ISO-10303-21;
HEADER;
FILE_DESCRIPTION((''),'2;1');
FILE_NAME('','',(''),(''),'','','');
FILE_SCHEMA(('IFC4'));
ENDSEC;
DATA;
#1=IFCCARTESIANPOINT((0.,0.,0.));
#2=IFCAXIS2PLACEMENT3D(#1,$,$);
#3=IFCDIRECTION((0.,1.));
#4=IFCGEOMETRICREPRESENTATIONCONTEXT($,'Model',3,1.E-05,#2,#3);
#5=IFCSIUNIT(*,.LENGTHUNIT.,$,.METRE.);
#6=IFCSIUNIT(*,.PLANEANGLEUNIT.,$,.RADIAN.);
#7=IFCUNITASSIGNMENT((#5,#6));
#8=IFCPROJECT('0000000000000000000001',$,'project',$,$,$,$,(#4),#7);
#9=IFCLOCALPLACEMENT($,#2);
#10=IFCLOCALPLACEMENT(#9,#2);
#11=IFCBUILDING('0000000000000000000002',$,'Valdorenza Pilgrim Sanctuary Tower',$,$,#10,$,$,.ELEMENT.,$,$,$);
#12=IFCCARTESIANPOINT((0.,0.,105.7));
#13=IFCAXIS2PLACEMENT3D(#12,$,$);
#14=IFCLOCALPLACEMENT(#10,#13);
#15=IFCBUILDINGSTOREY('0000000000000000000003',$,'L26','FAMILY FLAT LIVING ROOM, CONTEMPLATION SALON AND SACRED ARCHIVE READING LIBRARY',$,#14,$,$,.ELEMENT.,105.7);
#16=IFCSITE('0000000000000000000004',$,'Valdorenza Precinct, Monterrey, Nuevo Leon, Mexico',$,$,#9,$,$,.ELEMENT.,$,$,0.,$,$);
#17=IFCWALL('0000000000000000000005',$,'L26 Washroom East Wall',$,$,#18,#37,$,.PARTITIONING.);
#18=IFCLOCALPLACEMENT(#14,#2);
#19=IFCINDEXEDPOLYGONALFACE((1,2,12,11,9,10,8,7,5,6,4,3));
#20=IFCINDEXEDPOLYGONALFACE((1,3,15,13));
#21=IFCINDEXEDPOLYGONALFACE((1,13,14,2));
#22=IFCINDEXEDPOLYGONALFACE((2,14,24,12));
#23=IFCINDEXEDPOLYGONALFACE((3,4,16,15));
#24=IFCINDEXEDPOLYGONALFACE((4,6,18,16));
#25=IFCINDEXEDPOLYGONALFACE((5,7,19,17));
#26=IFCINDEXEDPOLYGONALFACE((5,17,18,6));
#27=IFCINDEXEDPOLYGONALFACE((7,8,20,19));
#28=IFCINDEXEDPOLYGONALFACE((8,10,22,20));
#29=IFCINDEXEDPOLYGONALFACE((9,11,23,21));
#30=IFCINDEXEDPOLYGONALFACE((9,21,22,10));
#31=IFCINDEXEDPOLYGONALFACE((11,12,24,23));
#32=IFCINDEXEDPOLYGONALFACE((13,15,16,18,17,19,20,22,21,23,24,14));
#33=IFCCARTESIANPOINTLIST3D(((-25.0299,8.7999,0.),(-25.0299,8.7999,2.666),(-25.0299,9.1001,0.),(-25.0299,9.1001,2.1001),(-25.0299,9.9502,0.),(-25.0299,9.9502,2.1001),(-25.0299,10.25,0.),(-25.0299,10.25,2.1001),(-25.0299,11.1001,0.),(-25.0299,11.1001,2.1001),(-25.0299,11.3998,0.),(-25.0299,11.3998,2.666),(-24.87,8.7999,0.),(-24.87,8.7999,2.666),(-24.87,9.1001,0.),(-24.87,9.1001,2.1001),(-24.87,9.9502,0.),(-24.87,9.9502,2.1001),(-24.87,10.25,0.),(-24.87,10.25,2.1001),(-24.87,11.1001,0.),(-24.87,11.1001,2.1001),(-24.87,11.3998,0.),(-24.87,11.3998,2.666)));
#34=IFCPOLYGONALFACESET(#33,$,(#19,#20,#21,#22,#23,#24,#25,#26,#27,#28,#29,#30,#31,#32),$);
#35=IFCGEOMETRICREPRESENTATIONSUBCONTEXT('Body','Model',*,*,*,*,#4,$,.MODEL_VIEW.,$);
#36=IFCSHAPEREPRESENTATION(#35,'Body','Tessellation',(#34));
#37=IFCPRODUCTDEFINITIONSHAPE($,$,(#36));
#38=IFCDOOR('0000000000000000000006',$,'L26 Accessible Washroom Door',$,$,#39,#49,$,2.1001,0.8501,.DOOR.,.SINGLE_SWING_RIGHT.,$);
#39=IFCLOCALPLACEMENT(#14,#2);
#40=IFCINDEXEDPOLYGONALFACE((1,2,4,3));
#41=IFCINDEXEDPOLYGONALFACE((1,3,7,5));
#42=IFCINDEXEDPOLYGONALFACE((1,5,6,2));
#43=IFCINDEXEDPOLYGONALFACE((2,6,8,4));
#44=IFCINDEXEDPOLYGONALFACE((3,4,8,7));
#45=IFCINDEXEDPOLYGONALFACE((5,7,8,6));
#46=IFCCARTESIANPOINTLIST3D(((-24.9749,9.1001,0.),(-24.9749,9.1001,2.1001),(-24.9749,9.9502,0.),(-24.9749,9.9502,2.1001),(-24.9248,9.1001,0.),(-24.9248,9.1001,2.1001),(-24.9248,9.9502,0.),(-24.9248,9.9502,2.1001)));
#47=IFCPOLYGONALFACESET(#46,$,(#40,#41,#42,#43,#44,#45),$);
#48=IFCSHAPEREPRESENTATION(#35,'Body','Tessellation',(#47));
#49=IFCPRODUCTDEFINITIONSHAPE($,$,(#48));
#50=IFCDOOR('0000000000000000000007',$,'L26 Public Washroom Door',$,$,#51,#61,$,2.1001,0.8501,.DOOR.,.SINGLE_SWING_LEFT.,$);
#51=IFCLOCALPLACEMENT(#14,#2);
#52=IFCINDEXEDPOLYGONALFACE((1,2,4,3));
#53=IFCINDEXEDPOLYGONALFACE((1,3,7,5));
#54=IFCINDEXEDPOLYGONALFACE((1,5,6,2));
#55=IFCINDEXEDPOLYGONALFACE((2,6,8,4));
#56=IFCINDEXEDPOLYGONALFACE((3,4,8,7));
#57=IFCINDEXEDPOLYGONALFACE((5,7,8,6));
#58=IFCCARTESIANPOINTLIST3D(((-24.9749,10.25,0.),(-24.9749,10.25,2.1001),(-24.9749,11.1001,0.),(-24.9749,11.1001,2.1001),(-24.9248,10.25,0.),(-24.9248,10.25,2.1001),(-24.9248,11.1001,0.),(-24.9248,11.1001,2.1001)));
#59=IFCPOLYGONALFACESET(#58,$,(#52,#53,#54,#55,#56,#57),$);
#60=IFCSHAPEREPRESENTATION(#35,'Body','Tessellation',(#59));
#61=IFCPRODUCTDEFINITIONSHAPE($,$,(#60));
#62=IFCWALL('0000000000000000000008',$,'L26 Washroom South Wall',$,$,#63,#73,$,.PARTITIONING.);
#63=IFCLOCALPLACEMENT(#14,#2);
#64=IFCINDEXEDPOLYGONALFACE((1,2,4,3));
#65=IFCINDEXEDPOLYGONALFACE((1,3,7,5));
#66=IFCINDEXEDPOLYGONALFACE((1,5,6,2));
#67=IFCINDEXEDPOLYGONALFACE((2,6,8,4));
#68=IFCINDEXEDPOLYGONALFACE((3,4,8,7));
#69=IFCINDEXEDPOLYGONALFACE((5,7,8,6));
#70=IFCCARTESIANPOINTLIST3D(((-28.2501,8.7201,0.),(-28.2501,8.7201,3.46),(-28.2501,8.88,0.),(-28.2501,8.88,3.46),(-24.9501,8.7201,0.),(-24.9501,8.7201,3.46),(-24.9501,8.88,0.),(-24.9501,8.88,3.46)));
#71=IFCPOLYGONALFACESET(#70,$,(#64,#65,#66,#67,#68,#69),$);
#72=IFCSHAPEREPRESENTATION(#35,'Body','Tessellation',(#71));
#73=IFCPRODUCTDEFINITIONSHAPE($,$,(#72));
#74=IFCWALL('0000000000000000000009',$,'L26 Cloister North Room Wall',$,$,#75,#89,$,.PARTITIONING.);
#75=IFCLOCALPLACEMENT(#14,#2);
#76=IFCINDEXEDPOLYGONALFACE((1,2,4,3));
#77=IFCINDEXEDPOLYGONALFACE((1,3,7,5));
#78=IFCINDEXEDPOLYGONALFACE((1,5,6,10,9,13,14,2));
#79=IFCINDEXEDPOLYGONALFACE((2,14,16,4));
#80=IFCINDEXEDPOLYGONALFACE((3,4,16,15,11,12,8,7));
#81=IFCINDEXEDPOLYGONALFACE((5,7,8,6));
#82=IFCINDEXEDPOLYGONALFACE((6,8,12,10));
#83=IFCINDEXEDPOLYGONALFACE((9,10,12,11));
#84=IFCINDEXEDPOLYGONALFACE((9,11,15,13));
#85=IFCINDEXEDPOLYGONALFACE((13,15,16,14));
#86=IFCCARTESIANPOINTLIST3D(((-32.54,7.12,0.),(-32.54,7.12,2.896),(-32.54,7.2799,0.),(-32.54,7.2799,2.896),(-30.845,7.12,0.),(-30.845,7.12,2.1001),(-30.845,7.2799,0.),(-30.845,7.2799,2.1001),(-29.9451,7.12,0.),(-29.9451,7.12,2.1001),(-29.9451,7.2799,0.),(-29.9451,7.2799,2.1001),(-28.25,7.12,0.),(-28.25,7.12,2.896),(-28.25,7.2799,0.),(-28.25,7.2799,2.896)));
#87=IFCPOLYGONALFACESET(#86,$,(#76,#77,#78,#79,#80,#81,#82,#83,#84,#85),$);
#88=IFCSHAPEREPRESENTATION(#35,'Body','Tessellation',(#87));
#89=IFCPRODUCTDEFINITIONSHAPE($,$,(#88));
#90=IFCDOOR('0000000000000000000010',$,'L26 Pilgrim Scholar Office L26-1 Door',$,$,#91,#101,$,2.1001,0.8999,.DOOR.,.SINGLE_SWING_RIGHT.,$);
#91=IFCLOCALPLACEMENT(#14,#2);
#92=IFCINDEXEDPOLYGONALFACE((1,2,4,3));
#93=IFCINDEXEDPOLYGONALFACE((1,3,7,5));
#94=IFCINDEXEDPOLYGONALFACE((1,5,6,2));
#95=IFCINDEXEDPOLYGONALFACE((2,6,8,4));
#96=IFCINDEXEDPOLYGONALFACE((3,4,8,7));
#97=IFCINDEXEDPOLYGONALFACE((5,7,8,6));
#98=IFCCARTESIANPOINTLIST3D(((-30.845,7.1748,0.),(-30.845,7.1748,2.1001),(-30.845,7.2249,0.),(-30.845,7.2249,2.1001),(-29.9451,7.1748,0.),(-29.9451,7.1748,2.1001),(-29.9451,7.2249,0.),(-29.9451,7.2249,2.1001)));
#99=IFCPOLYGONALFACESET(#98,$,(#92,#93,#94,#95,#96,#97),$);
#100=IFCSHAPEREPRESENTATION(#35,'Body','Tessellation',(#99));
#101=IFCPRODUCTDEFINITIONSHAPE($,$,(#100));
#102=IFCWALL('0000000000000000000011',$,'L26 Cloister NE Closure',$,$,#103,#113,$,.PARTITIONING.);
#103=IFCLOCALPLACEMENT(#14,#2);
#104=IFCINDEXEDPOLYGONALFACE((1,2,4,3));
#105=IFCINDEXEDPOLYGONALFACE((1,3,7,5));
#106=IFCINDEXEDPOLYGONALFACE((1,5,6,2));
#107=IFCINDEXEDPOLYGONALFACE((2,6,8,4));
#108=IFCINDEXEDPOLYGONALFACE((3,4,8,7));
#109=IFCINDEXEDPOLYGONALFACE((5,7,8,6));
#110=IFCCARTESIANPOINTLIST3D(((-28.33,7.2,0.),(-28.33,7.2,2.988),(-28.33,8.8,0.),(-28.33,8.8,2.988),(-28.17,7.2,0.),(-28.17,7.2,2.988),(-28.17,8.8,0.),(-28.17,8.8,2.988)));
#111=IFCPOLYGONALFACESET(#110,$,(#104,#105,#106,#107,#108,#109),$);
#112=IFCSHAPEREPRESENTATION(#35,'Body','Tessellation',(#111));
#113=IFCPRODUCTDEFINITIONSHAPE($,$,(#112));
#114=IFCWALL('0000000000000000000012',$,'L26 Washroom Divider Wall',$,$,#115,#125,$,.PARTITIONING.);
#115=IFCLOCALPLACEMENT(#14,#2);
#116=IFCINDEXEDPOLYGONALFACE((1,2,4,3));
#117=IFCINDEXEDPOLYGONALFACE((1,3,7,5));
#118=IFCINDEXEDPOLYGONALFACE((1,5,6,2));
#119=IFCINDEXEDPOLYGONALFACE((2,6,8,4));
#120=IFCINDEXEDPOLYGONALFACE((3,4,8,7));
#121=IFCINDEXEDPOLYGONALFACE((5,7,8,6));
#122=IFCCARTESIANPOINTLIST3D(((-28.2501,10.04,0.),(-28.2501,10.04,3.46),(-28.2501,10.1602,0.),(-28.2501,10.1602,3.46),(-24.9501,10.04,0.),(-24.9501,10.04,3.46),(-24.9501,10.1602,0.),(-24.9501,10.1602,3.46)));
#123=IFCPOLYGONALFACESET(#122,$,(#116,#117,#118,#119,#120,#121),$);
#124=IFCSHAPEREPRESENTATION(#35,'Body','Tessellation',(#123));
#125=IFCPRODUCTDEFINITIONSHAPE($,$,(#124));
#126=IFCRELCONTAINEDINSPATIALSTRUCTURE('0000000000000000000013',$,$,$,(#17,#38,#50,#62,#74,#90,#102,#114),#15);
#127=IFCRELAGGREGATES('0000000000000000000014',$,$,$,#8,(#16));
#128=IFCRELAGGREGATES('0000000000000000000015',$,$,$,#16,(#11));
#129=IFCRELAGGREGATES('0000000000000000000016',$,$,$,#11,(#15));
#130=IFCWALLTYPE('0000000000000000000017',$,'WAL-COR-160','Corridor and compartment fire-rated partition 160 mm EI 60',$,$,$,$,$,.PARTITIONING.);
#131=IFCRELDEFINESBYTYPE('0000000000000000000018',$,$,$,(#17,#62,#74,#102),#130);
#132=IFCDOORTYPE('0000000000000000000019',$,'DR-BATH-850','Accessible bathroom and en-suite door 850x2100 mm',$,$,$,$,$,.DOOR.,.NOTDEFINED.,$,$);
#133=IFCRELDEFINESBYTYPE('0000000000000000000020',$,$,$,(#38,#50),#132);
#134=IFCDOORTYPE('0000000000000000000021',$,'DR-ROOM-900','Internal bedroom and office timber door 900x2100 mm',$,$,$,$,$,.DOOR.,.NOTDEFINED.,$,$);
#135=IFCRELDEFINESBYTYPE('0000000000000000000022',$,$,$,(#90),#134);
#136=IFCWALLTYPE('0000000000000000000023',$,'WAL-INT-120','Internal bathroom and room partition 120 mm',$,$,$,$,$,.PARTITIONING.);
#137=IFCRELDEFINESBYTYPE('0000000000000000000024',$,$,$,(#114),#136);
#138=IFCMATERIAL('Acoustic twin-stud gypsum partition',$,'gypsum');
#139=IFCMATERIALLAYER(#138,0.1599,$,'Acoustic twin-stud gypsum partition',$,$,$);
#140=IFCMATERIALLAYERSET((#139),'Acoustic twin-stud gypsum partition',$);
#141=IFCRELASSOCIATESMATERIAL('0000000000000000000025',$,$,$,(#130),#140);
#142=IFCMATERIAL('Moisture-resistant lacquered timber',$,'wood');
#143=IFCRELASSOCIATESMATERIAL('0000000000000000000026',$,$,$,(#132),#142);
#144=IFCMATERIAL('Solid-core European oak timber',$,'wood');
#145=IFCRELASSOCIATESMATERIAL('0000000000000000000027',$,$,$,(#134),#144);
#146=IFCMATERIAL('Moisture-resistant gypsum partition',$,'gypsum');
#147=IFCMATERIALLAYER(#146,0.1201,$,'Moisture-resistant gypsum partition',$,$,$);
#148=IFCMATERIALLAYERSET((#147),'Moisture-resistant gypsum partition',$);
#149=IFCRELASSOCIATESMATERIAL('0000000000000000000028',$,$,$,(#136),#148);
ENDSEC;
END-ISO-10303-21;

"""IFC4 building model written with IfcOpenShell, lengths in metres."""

from ifc_helpers import new_model, si_unit, direction, frame, frame_2d, origin, place, context, subcontext, project, spatial, rectangle, extrude, material, layer, layer_set, type_object, element, fill, save


model = new_model("IFC4")

# Units and contexts
model_context = context("Model", 3, precision=1e-05, world=origin(), true_north=direction((0.0, 1.0)))
body_context = subcontext(model_context, "Body", "Model", "MODEL_VIEW")
ifc_project = project(units=[si_unit("LENGTHUNIT", "METRE"), si_unit("PLANEANGLEUNIT", "RADIAN")], contexts=[model_context])

# Site, building, storey
site_placement = place(None, origin())
site = spatial("IfcSite", under=ifc_project, at=site_placement, Name="Valdorenza Precinct, Monterrey, Nuevo Leon, Mexico", CompositionType="ELEMENT", RefElevation=0.0)
building_placement = place(site_placement, origin())
building = spatial("IfcBuilding", under=site, at=building_placement, Name="Valdorenza Pilgrim Sanctuary Tower", CompositionType="ELEMENT")
storey_placement = place(building_placement, frame((0.0, 0.0, 105.7)))
storey = spatial("IfcBuildingStorey", under=building, at=storey_placement, Name="L26", Description="FAMILY FLAT LIVING ROOM, CONTEMPLATION SALON AND SACRED ARCHIVE READING LIBRARY", CompositionType="ELEMENT", Elevation=105.7)

# Shared definitions
ifc_material_1 = material(Name="Acoustic twin-stud gypsum partition", Category="gypsum")
ifc_layer_1 = layer(ifc_material_1, 0.1599, Name="Acoustic twin-stud gypsum partition")
ifc_layer_set_1 = layer_set([ifc_layer_1], Name="Acoustic twin-stud gypsum partition")
wall_type_1 = type_object("IfcWallType", Name="WAL-COR-160", Description="Corridor and compartment fire-rated partition 160 mm EI 60", PredefinedType="PARTITIONING", material=ifc_layer_set_1)

# Wall, openings, doors
wall_1_placement = place(storey_placement, frame((-24.95, 8.8, 0.0), z_axis=(0.0, 0.0, 1.0), x_axis=(0.0, 1.0, 0.0)))
wall_1 = element("IfcWall", 1, at=wall_1_placement, inside=storey, type_object=wall_type_1, Name="L26 Washroom East Wall", PredefinedType="PARTITIONING", context=body_context, shape_type="SweptSolid", body=[
    extrude(rectangle(XDim=2.5999, YDim=0.1599, at=frame_2d((1.2998, 0.0))), origin(), (0.0, 0.0, 1.0), 2.666),
])
opening_1_placement = place(wall_1_placement, frame((0.3, 0.0, 0.0)))
opening_1 = element("IfcOpeningElement", 2, at=opening_1_placement, cuts=wall_1, PredefinedType="OPENING", context=body_context, shape_type="SweptSolid", body=[
    extrude(rectangle(XDim=0.8501, YDim=2.1001, at=frame_2d((0.425, 1.05))), frame((0.0, 0.0947, 0.0), z_axis=(0.0, -1.0, 0.0), x_axis=(1.0, 0.0, 0.0)), (0.0, 0.0, 1.0), 0.1897),
])
opening_2_placement = place(wall_1_placement, frame((1.45, 0.0, 0.0)))
opening_2 = element("IfcOpeningElement", 3, at=opening_2_placement, cuts=wall_1, PredefinedType="OPENING", context=body_context, shape_type="SweptSolid", body=[
    extrude(rectangle(XDim=0.8501, YDim=2.1001, at=frame_2d((0.425, 1.05))), frame((0.0, 0.0947, 0.0), z_axis=(0.0, -1.0, 0.0), x_axis=(1.0, 0.0, 0.0)), (0.0, 0.0, 1.0), 0.1897),
])
ifc_material_2 = material(Name="Moisture-resistant lacquered timber", Category="wood")
door_type_1 = type_object("IfcDoorType", Name="DR-BATH-850", Description="Accessible bathroom and en-suite door 850x2100 mm", OperationType="NOTDEFINED", PredefinedType="DOOR", material=ifc_material_2)
door_1_placement = place(opening_1_placement, origin())
door_1 = element("IfcDoor", 4, at=door_1_placement, inside=storey, type_object=door_type_1, Name="L26 Accessible Washroom Door", OperationType="SINGLE_SWING_RIGHT", OverallHeight=2.1001, OverallWidth=0.8501, PredefinedType="DOOR", context=body_context, shape_type="SweptSolid", body=[
    extrude(rectangle(XDim=0.8501, YDim=2.1001, at=frame_2d((0.425, 1.05))), frame((0.0, 0.0249, 0.0), z_axis=(0.0, -1.0, 0.0), x_axis=(1.0, 0.0, 0.0)), (0.0, 0.0, 1.0), 0.05),
])
fill(opening_1, door_1)
door_2_placement = place(opening_2_placement, origin())
door_2 = element("IfcDoor", 5, at=door_2_placement, inside=storey, type_object=door_type_1, Name="L26 Public Washroom Door", OperationType="SINGLE_SWING_LEFT", OverallHeight=2.1001, OverallWidth=0.8501, PredefinedType="DOOR", context=body_context, shape_type="SweptSolid", body=[
    extrude(rectangle(XDim=0.8501, YDim=2.1001, at=frame_2d((0.425, 1.05))), frame((0.0, 0.0249, 0.0), z_axis=(0.0, -1.0, 0.0), x_axis=(1.0, 0.0, 0.0)), (0.0, 0.0, 1.0), 0.05),
])
fill(opening_2, door_2)

# Wall
wall_2_placement = place(storey_placement, frame((-28.25, 8.8, 0.0), z_axis=(0.0, 0.0, 1.0), x_axis=(1.0, 0.0, 0.0)))
element("IfcWall", 6, at=wall_2_placement, inside=storey, type_object=wall_type_1, Name="L26 Washroom South Wall", PredefinedType="PARTITIONING", context=body_context, shape_type="SweptSolid", body=[
    extrude(rectangle(XDim=3.3, YDim=0.1599, at=frame_2d((1.6499, 0.0))), origin(), (0.0, 0.0, 1.0), 3.46),
])

# Wall, opening, door
wall_3_placement = place(storey_placement, frame((-32.54, 7.2, 0.0), z_axis=(0.0, 0.0, 1.0), x_axis=(1.0, 0.0, 0.0)))
wall_3 = element("IfcWall", 7, at=wall_3_placement, inside=storey, type_object=wall_type_1, Name="L26 Cloister North Room Wall", PredefinedType="PARTITIONING", context=body_context, shape_type="SweptSolid", body=[
    extrude(rectangle(XDim=4.29, YDim=0.1599, at=frame_2d((2.145, 0.0))), origin(), (0.0, 0.0, 1.0), 2.896),
])
opening_3_placement = place(wall_3_placement, frame((1.6951, 0.0, 0.0)))
opening_3 = element("IfcOpeningElement", 8, at=opening_3_placement, cuts=wall_3, PredefinedType="OPENING", context=body_context, shape_type="SweptSolid", body=[
    extrude(rectangle(XDim=0.8999, YDim=2.1001, at=frame_2d((0.45, 1.05))), frame((0.0, 0.0947, 0.0), z_axis=(0.0, -1.0, 0.0), x_axis=(1.0, 0.0, 0.0)), (0.0, 0.0, 1.0), 0.1897),
])
ifc_material_3 = material(Name="Solid-core European oak timber", Category="wood")
door_type_2 = type_object("IfcDoorType", Name="DR-ROOM-900", Description="Internal bedroom and office timber door 900x2100 mm", OperationType="NOTDEFINED", PredefinedType="DOOR", material=ifc_material_3)
door_3_placement = place(opening_3_placement, origin())
door_3 = element("IfcDoor", 9, at=door_3_placement, inside=storey, type_object=door_type_2, Name="L26 Pilgrim Scholar Office L26-1 Door", OperationType="SINGLE_SWING_RIGHT", OverallHeight=2.1001, OverallWidth=0.8999, PredefinedType="DOOR", context=body_context, shape_type="SweptSolid", body=[
    extrude(rectangle(XDim=0.8999, YDim=2.1001, at=frame_2d((0.45, 1.05))), frame((0.0, 0.0249, 0.0), z_axis=(0.0, -1.0, 0.0), x_axis=(1.0, 0.0, 0.0)), (0.0, 0.0, 1.0), 0.05),
])
fill(opening_3, door_3)

# Walls
wall_4_placement = place(storey_placement, frame((-28.25, 7.2, 0.0), z_axis=(0.0, 0.0, 1.0), x_axis=(0.0, 1.0, 0.0)))
element("IfcWall", 10, at=wall_4_placement, inside=storey, type_object=wall_type_1, Name="L26 Cloister NE Closure", PredefinedType="PARTITIONING", context=body_context, shape_type="SweptSolid", body=[
    extrude(rectangle(XDim=1.6001, YDim=0.1599, at=frame_2d((0.8, 0.0))), origin(), (0.0, 0.0, 1.0), 2.988),
])
ifc_material_4 = material(Name="Moisture-resistant gypsum partition", Category="gypsum")
ifc_layer_2 = layer(ifc_material_4, 0.1201, Name="Moisture-resistant gypsum partition")
ifc_layer_set_2 = layer_set([ifc_layer_2], Name="Moisture-resistant gypsum partition")
wall_type_2 = type_object("IfcWallType", Name="WAL-INT-120", Description="Internal bathroom and room partition 120 mm", PredefinedType="PARTITIONING", material=ifc_layer_set_2)
wall_5_placement = place(storey_placement, frame((-28.25, 10.1001, 0.0), z_axis=(0.0, 0.0, 1.0), x_axis=(1.0, 0.0, 0.0)))
element("IfcWall", 11, at=wall_5_placement, inside=storey, type_object=wall_type_2, Name="L26 Washroom Divider Wall", PredefinedType="PARTITIONING", context=body_context, shape_type="SweptSolid", body=[
    extrude(rectangle(XDim=3.3, YDim=0.1201, at=frame_2d((1.6499, 0.0))), origin(), (0.0, 0.0, 1.0), 3.46),
])

save(model, "model.ifc")
